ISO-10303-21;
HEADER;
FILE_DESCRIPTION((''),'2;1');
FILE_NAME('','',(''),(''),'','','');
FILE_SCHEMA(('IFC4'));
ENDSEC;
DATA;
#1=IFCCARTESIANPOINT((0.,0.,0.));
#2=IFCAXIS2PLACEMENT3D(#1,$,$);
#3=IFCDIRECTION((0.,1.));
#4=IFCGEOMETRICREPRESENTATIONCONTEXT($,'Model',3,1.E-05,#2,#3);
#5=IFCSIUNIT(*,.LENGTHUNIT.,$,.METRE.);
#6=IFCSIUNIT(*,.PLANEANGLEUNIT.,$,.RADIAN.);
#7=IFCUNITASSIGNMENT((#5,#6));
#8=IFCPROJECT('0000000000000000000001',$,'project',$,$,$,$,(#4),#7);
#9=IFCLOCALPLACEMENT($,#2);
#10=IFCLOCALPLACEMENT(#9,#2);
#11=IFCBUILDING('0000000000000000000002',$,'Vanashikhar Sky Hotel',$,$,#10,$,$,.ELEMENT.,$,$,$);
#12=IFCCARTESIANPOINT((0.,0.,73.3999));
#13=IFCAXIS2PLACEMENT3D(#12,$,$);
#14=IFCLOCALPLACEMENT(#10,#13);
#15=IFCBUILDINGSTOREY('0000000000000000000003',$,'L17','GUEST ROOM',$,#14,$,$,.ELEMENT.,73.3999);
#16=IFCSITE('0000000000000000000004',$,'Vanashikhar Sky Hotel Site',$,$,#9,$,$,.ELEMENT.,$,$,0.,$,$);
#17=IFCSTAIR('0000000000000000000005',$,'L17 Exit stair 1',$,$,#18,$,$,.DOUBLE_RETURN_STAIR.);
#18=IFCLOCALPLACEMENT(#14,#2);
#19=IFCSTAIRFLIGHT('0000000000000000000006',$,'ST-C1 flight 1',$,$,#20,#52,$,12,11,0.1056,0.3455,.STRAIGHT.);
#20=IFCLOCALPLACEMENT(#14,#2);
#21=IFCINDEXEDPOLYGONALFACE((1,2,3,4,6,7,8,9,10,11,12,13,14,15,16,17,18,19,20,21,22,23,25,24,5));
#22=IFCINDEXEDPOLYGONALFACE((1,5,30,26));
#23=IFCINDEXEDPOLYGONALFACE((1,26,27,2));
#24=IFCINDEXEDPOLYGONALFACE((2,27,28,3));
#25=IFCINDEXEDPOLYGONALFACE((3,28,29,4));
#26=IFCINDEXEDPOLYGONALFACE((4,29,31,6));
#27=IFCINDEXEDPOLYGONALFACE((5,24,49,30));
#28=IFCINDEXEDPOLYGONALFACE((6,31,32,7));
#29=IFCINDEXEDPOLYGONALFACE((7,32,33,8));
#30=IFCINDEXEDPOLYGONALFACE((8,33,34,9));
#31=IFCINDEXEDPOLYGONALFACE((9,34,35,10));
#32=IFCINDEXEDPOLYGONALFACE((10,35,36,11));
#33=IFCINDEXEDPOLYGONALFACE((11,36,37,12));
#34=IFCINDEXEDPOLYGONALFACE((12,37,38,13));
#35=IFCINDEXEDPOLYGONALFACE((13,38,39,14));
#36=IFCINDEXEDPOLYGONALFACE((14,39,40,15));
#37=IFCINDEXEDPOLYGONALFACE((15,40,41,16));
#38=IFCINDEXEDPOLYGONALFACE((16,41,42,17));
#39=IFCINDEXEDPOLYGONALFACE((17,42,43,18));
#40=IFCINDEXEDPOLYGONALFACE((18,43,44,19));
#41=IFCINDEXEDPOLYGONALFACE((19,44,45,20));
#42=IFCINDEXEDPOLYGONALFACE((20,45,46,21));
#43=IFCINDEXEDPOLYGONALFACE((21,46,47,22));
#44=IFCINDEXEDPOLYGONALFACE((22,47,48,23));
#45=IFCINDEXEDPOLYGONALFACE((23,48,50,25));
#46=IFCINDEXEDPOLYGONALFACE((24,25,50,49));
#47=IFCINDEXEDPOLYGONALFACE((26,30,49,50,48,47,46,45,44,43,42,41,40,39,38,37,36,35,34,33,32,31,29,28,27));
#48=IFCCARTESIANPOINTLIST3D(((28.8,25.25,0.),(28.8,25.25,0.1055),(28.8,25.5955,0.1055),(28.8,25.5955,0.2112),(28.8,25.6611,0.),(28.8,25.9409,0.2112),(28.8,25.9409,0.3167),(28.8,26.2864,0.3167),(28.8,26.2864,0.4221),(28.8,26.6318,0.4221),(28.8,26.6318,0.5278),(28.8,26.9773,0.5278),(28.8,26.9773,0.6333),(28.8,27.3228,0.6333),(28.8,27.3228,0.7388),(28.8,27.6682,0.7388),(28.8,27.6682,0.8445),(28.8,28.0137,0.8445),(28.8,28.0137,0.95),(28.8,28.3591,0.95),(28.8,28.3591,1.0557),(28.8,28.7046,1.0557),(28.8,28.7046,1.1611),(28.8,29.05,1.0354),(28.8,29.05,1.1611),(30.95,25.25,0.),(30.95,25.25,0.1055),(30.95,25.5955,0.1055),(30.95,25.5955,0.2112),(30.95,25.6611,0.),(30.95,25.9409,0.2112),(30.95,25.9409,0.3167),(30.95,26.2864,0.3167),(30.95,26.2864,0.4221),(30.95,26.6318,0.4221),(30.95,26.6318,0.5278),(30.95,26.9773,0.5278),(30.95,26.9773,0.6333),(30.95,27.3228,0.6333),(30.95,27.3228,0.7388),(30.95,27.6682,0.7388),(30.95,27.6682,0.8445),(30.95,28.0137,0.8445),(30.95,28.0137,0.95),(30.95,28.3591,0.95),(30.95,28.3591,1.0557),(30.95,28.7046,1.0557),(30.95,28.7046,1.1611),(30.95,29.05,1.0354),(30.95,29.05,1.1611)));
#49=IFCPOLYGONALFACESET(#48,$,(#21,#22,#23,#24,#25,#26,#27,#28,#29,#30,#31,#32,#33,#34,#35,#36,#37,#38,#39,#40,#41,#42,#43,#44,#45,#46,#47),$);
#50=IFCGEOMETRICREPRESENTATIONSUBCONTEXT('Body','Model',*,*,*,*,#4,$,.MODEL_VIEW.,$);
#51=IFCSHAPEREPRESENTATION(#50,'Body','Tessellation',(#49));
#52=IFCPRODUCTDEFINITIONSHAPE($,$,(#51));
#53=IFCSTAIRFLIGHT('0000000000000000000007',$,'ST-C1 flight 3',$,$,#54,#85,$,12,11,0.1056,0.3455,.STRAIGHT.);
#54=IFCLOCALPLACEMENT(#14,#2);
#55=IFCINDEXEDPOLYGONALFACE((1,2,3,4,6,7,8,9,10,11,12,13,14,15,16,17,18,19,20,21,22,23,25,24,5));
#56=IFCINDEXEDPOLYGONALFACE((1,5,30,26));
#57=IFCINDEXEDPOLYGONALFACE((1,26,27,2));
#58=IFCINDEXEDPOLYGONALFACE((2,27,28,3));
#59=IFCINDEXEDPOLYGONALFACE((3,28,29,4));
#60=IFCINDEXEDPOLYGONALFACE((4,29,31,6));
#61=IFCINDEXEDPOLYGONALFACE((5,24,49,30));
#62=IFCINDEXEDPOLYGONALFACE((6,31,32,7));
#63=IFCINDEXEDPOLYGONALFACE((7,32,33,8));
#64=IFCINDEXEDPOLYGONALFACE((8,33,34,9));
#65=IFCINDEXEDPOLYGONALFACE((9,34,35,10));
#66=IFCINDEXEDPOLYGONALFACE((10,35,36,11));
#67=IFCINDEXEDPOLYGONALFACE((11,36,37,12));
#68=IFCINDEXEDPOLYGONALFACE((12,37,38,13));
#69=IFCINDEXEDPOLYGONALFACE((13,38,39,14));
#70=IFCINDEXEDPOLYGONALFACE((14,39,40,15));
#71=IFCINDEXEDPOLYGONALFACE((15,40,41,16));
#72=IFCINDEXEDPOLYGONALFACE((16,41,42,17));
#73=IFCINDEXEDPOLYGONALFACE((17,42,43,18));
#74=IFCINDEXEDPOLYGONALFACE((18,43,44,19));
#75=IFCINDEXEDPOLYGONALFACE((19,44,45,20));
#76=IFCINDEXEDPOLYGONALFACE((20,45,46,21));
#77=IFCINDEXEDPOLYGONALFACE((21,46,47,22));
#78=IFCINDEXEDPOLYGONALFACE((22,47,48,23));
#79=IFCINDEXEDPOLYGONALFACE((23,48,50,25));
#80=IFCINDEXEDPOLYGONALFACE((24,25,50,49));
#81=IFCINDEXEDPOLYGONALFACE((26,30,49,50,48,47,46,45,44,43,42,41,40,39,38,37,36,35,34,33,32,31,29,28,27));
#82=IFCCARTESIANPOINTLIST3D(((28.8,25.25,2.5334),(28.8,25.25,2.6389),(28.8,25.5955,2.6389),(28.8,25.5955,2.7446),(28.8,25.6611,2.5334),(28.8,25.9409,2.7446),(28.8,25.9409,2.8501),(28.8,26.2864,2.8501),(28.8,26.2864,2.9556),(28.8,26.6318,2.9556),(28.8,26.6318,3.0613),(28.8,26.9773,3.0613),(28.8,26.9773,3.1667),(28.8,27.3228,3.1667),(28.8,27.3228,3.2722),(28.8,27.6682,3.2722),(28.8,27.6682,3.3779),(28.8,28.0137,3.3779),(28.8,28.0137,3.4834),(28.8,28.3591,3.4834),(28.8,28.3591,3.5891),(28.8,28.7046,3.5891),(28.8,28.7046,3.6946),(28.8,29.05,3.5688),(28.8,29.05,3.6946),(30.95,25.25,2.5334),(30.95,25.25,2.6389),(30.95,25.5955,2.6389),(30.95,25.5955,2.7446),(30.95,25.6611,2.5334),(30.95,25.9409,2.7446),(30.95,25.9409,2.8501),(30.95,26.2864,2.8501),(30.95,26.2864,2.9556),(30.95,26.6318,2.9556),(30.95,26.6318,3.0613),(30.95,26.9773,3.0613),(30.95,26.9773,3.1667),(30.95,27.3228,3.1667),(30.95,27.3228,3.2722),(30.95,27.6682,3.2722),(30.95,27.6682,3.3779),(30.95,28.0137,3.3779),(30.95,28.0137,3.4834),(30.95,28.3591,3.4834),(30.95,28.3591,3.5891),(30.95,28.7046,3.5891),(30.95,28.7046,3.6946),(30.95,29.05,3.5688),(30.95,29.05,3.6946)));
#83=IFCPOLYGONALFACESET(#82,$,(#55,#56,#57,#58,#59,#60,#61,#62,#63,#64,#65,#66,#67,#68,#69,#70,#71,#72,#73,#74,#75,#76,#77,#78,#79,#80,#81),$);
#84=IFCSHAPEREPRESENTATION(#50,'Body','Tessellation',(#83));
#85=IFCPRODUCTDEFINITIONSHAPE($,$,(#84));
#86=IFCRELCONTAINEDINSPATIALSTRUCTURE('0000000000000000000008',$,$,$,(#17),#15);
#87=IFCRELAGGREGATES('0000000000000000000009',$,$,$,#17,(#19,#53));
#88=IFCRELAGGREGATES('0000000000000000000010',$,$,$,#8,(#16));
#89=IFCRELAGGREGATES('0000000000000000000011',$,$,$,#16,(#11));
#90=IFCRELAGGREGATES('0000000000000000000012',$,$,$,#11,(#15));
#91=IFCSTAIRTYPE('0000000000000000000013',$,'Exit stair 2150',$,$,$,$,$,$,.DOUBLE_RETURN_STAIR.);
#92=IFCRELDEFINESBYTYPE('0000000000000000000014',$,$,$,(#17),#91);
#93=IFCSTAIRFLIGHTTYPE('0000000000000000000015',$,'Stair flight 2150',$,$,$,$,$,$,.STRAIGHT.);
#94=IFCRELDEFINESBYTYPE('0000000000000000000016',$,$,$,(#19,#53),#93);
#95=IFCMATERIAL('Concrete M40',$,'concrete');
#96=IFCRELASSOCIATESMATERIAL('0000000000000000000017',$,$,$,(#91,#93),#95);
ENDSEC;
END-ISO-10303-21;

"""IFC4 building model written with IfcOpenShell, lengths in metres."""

from ifc_helpers import new_model, si_unit, direction, frame, origin, place, context, subcontext, project, spatial, polyline, outline, extrude, source, transform, mapped, material, type_object, element, aggregate, save


model = new_model("IFC4")

# Units and contexts
model_context = context("Model", 3, precision=1e-05, world=origin(), true_north=direction((0.0, 1.0)))
body_context = subcontext(model_context, "Body", "Model", "MODEL_VIEW")
ifc_project = project(units=[si_unit("LENGTHUNIT", "METRE"), si_unit("PLANEANGLEUNIT", "RADIAN")], contexts=[model_context])

# Site, building, storey
site_placement = place(None, origin())
site = spatial("IfcSite", under=ifc_project, at=site_placement, Name="Vanashikhar Sky Hotel Site", CompositionType="ELEMENT", RefElevation=0.0)
building_placement = place(site_placement, origin())
building = spatial("IfcBuilding", under=site, at=building_placement, Name="Vanashikhar Sky Hotel", CompositionType="ELEMENT")
storey_placement = place(building_placement, frame((0.0, 0.0, 73.3999)))
storey = spatial("IfcBuildingStorey", under=building, at=storey_placement, Name="L17", Description="GUEST ROOM", CompositionType="ELEMENT", Elevation=73.3999)

# Shared definitions
ifc_material_1 = material(Name="Concrete M40", Category="concrete")

# Stair, stair flights
stair_type = type_object("IfcStairType", Name="Exit stair 2150", PredefinedType="DOUBLE_RETURN_STAIR", material=ifc_material_1)
stair_placement = place(storey_placement, origin())
stair = element("IfcStair", 1, at=stair_placement, inside=storey, type_object=stair_type, Name="L17 Exit stair 1", PredefinedType="DOUBLE_RETURN_STAIR")
stair_flight_type = type_object("IfcStairFlightType", Name="Stair flight 2150", PredefinedType="STRAIGHT", material=ifc_material_1)
shared_shape_1 = source(origin(), body_context, "Body", "SweptSolid", [
    extrude(outline(polyline([(0.0, 0.0), (0.0, 0.1055), (0.3455, 0.1055), (0.3455, 0.2112), (0.6909, 0.2112), (0.6909, 0.3167), (1.0364, 0.3167), (1.0364, 0.4221), (1.3818, 0.4221), (1.3818, 0.5278), (1.7273, 0.5278), (1.7273, 0.6333), (2.0728, 0.6333), (2.0728, 0.7388), (2.4182, 0.7388), (2.4182, 0.8445), (2.7637, 0.8445), (2.7637, 0.95), (3.1091, 0.95), (3.1091, 1.0557), (3.4546, 1.0557), (3.4546, 1.1611), (3.8, 1.1611), (3.8, 1.2666), (3.8, 1.0354), (0.4111, 0.0), (0.0, 0.0)])), frame((0.0, 1.075, 0.0), z_axis=(0.0, -1.0, 0.0), x_axis=(1.0, 0.0, 0.0)), (0.0, 0.0, 1.0), 2.1499),
])
stair_flight_1_placement = place(storey_placement, frame((29.875, 25.25, 0.0), z_axis=(0.0, 0.0, 1.0), x_axis=(0.0, 1.0, 0.0)))
stair_flight_1 = element("IfcStairFlight", 2, at=stair_flight_1_placement, type_object=stair_flight_type, Name="ST-C1 flight 1", NumberOfRisers=12, NumberOfTreads=11, PredefinedType="STRAIGHT", RiserHeight=0.1056, TreadLength=0.3455, context=body_context, shape_type="MappedRepresentation", body=[
    mapped(shared_shape_1, transform((0.0, 0.0, 0.0), scale=1.0)),
])
stair_flight_2_placement = place(storey_placement, frame((29.875, 25.25, 2.5334), z_axis=(0.0, 0.0, 1.0), x_axis=(0.0, 1.0, 0.0)))
stair_flight_2 = element("IfcStairFlight", 3, at=stair_flight_2_placement, type_object=stair_flight_type, Name="ST-C1 flight 3", NumberOfRisers=12, NumberOfTreads=11, PredefinedType="STRAIGHT", RiserHeight=0.1056, TreadLength=0.3455, context=body_context, shape_type="MappedRepresentation", body=[
    mapped(shared_shape_1, transform((0.0, 0.0, 0.0), scale=1.0)),
])
aggregate(stair, [stair_flight_1, stair_flight_2])

save(model, "model.ifc")
